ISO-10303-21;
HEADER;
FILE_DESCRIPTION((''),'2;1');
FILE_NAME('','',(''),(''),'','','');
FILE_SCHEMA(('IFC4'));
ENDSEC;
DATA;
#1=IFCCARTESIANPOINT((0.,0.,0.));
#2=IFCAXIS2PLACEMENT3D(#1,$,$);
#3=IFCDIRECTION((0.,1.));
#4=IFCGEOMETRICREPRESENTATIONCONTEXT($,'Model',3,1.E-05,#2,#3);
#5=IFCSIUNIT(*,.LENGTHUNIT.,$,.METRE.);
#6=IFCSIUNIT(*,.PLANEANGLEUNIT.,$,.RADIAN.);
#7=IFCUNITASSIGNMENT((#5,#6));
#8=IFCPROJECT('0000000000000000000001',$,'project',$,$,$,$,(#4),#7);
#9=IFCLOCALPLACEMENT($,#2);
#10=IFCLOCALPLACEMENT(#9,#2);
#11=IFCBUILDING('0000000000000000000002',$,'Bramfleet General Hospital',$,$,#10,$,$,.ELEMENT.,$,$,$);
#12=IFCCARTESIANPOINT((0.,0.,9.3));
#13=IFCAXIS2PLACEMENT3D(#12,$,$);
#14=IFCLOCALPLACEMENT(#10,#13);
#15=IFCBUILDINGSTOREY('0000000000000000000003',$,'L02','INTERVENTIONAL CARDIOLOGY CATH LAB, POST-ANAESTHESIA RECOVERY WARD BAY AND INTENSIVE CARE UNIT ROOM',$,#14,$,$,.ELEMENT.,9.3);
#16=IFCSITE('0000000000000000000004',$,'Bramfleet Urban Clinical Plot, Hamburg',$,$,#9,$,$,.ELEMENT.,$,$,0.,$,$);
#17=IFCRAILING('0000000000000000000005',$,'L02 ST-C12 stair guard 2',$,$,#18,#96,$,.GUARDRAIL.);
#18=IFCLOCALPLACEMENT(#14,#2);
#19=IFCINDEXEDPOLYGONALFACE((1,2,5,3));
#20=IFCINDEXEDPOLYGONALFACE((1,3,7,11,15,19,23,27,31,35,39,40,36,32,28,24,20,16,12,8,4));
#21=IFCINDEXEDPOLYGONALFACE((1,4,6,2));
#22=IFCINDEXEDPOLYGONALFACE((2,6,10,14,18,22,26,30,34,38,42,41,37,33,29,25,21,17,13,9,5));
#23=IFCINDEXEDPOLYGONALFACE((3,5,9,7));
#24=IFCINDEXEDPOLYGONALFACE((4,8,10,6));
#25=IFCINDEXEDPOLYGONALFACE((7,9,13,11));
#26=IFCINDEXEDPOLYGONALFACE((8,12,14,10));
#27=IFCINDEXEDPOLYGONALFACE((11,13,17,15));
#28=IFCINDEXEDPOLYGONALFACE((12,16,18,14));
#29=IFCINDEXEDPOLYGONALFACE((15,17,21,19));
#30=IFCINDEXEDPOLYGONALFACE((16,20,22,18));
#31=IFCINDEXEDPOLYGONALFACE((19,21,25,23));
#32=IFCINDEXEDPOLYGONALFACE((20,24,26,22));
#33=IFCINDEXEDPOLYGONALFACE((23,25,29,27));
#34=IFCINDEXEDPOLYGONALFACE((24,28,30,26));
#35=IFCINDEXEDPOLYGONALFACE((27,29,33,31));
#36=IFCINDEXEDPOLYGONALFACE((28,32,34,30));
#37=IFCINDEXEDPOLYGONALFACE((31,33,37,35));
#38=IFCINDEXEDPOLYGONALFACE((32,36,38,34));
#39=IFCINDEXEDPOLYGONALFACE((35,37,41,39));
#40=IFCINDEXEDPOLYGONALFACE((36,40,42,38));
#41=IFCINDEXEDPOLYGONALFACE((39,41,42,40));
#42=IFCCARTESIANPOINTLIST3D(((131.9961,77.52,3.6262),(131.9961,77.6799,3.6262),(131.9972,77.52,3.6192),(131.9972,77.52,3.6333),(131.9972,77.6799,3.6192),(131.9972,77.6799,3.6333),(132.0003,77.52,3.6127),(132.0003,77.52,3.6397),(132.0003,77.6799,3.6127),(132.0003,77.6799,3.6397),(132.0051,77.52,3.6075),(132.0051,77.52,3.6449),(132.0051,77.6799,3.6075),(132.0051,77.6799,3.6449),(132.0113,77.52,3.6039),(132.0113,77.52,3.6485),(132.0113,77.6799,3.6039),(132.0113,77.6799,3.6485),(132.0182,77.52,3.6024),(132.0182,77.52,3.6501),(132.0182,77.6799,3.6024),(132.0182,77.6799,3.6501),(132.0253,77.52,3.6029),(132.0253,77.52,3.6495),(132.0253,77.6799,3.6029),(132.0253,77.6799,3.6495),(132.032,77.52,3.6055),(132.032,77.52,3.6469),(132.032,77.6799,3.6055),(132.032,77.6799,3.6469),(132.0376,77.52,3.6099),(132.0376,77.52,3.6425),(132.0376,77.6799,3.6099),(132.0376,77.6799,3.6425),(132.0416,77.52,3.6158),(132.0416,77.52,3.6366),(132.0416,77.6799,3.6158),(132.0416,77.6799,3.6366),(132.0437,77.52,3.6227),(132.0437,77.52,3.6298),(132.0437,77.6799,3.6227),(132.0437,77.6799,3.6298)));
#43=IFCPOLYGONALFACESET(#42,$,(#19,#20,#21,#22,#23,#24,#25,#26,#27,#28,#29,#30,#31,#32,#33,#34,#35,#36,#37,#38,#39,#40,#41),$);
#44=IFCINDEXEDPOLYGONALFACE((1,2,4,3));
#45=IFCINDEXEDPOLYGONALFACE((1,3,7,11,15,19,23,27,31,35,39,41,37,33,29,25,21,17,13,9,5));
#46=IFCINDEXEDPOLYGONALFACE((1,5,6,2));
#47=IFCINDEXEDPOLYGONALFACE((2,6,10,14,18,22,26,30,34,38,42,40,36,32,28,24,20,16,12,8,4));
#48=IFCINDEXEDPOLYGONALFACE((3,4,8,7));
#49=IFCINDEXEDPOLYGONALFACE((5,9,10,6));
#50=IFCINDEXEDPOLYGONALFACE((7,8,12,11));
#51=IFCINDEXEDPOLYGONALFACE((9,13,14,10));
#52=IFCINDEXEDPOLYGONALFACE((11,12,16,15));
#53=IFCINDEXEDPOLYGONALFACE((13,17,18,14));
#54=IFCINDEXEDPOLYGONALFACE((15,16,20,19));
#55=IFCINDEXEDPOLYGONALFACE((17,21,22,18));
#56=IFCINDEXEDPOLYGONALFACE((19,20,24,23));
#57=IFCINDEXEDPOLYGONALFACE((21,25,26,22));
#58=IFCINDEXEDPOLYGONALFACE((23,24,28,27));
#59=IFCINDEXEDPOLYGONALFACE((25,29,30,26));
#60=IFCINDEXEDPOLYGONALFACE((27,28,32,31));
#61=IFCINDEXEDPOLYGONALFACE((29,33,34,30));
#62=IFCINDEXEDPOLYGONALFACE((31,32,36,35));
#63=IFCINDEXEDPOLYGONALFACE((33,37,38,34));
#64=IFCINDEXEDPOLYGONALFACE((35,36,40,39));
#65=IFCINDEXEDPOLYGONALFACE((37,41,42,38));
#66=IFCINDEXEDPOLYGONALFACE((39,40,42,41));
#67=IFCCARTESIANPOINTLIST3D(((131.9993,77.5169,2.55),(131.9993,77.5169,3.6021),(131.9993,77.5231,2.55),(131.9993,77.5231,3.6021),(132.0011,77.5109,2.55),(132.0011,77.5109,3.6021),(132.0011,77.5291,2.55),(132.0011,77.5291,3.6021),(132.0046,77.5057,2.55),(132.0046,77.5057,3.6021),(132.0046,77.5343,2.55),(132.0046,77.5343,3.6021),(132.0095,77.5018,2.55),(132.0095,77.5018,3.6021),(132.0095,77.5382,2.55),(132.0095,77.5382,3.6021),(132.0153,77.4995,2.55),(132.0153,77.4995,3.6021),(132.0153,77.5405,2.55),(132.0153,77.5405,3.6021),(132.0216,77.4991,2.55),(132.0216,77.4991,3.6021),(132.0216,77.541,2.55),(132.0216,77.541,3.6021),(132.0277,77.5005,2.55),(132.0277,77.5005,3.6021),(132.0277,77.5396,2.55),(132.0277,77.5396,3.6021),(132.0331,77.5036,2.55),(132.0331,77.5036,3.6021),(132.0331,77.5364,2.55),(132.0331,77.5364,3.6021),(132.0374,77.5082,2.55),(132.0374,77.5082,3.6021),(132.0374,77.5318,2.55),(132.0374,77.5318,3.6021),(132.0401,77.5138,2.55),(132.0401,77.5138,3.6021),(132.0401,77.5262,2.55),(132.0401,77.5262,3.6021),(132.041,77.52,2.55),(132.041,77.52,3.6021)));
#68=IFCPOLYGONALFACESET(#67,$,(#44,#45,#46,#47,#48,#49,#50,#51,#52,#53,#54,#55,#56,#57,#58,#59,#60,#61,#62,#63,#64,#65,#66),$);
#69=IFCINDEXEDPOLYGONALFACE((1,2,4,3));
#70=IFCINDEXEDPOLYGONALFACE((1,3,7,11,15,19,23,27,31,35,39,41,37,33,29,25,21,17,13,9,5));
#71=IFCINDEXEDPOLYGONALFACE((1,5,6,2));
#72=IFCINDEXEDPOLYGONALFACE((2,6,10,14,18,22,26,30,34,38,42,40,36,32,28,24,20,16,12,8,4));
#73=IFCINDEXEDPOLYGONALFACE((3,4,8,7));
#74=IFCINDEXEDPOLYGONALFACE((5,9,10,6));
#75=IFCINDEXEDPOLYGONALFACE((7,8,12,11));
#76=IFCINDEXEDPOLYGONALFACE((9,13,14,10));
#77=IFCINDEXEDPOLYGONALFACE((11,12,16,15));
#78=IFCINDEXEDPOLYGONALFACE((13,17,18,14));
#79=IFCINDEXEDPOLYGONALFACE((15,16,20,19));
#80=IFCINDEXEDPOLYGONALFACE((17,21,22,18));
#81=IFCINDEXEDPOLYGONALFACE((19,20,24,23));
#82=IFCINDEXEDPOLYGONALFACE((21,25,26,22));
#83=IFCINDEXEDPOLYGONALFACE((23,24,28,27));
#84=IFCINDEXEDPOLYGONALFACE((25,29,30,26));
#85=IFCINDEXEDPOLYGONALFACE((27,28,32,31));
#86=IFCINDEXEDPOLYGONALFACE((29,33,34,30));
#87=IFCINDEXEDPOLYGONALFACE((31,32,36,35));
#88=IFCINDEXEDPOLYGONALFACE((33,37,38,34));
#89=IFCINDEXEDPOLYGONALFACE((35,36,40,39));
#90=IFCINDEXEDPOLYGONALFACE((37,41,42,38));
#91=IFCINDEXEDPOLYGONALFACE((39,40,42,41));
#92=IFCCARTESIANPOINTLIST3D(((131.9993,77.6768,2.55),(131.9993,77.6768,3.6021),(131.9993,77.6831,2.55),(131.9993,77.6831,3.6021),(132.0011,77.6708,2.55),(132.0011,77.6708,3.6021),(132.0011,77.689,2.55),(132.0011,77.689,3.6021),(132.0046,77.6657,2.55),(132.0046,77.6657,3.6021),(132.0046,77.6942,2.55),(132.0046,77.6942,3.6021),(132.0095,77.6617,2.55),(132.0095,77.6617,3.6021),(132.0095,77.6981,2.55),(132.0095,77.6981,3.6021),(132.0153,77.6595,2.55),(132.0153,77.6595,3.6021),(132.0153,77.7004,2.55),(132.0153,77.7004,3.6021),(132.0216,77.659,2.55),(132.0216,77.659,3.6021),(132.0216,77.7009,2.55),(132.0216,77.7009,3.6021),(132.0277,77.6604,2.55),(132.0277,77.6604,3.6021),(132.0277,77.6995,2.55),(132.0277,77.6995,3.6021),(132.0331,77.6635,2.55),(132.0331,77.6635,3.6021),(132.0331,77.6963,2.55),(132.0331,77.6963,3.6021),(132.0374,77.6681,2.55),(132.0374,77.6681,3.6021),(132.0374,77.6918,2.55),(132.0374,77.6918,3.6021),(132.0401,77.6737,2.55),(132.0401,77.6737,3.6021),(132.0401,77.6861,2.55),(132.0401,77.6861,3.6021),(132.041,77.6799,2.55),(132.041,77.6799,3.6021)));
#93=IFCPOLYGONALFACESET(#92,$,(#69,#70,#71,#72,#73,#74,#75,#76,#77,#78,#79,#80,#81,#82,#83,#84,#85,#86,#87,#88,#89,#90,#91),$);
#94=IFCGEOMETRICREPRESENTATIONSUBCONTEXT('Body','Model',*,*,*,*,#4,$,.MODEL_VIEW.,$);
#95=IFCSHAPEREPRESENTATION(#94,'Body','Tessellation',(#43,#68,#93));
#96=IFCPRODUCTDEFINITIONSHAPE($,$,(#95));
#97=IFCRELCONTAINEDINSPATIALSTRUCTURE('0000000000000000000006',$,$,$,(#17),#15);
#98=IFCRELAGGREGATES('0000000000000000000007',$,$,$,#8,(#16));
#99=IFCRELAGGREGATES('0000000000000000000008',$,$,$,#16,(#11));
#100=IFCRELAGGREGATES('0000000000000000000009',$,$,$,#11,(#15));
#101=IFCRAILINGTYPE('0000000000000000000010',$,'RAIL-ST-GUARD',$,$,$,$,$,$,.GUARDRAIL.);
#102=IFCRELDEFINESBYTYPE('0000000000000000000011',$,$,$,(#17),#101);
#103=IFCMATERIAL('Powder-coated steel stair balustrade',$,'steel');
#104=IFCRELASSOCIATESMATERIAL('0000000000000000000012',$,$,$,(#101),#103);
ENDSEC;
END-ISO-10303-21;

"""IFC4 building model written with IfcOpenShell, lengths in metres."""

from ifc_helpers import new_model, si_unit, direction, frame, origin, origin_2d, place, context, subcontext, project, spatial, circle, extrude, material, type_object, element, save


model = new_model("IFC4")

# Units and contexts
model_context = context("Model", 3, precision=1e-05, world=origin(), true_north=direction((0.0, 1.0)))
body_context = subcontext(model_context, "Body", "Model", "MODEL_VIEW")
ifc_project = project(units=[si_unit("LENGTHUNIT", "METRE"), si_unit("PLANEANGLEUNIT", "RADIAN")], contexts=[model_context])

# Site, building, storey
site_placement = place(None, origin())
site = spatial("IfcSite", under=ifc_project, at=site_placement, Name="Bramfleet Urban Clinical Plot, Hamburg", CompositionType="ELEMENT", RefElevation=0.0)
building_placement = place(site_placement, origin())
building = spatial("IfcBuilding", under=site, at=building_placement, Name="Bramfleet General Hospital", CompositionType="ELEMENT")
storey_placement = place(building_placement, frame((0.0, 0.0, 9.3)))
storey = spatial("IfcBuildingStorey", under=building, at=storey_placement, Name="L02", Description="INTERVENTIONAL CARDIOLOGY CATH LAB, POST-ANAESTHESIA RECOVERY WARD BAY AND INTENSIVE CARE UNIT ROOM", CompositionType="ELEMENT", Elevation=9.3)

# Railing
ifc_material_1 = material(Name="Powder-coated steel stair balustrade", Category="steel")
railing_type_1 = type_object("IfcRailingType", Name="RAIL-ST-GUARD", PredefinedType="GUARDRAIL", material=ifc_material_1)
railing_1_placement = place(storey_placement, frame((132.02, 77.52, 2.55)))
element("IfcRailing", 1, at=railing_1_placement, inside=storey, type_object=railing_type_1, Name="L02 ST-C12 stair guard 2", PredefinedType="GUARDRAIL", context=body_context, shape_type="SweptSolid", body=[
    extrude(circle(Radius=0.0239, at=origin_2d()), frame((0.0, 0.0, 1.0762), z_axis=(0.0, 1.0, 0.0), x_axis=(-1.0, 0.0, 0.0)), (0.0, 0.0, 1.0), 0.1599),
    extrude(circle(Radius=0.021, at=origin_2d()), origin(), (0.0, 0.0, 1.0), 1.052),
    extrude(circle(Radius=0.021, at=origin_2d()), frame((0.0, 0.1599, 0.0)), (0.0, 0.0, 1.0), 1.052),
])

save(model, "model.ifc")
